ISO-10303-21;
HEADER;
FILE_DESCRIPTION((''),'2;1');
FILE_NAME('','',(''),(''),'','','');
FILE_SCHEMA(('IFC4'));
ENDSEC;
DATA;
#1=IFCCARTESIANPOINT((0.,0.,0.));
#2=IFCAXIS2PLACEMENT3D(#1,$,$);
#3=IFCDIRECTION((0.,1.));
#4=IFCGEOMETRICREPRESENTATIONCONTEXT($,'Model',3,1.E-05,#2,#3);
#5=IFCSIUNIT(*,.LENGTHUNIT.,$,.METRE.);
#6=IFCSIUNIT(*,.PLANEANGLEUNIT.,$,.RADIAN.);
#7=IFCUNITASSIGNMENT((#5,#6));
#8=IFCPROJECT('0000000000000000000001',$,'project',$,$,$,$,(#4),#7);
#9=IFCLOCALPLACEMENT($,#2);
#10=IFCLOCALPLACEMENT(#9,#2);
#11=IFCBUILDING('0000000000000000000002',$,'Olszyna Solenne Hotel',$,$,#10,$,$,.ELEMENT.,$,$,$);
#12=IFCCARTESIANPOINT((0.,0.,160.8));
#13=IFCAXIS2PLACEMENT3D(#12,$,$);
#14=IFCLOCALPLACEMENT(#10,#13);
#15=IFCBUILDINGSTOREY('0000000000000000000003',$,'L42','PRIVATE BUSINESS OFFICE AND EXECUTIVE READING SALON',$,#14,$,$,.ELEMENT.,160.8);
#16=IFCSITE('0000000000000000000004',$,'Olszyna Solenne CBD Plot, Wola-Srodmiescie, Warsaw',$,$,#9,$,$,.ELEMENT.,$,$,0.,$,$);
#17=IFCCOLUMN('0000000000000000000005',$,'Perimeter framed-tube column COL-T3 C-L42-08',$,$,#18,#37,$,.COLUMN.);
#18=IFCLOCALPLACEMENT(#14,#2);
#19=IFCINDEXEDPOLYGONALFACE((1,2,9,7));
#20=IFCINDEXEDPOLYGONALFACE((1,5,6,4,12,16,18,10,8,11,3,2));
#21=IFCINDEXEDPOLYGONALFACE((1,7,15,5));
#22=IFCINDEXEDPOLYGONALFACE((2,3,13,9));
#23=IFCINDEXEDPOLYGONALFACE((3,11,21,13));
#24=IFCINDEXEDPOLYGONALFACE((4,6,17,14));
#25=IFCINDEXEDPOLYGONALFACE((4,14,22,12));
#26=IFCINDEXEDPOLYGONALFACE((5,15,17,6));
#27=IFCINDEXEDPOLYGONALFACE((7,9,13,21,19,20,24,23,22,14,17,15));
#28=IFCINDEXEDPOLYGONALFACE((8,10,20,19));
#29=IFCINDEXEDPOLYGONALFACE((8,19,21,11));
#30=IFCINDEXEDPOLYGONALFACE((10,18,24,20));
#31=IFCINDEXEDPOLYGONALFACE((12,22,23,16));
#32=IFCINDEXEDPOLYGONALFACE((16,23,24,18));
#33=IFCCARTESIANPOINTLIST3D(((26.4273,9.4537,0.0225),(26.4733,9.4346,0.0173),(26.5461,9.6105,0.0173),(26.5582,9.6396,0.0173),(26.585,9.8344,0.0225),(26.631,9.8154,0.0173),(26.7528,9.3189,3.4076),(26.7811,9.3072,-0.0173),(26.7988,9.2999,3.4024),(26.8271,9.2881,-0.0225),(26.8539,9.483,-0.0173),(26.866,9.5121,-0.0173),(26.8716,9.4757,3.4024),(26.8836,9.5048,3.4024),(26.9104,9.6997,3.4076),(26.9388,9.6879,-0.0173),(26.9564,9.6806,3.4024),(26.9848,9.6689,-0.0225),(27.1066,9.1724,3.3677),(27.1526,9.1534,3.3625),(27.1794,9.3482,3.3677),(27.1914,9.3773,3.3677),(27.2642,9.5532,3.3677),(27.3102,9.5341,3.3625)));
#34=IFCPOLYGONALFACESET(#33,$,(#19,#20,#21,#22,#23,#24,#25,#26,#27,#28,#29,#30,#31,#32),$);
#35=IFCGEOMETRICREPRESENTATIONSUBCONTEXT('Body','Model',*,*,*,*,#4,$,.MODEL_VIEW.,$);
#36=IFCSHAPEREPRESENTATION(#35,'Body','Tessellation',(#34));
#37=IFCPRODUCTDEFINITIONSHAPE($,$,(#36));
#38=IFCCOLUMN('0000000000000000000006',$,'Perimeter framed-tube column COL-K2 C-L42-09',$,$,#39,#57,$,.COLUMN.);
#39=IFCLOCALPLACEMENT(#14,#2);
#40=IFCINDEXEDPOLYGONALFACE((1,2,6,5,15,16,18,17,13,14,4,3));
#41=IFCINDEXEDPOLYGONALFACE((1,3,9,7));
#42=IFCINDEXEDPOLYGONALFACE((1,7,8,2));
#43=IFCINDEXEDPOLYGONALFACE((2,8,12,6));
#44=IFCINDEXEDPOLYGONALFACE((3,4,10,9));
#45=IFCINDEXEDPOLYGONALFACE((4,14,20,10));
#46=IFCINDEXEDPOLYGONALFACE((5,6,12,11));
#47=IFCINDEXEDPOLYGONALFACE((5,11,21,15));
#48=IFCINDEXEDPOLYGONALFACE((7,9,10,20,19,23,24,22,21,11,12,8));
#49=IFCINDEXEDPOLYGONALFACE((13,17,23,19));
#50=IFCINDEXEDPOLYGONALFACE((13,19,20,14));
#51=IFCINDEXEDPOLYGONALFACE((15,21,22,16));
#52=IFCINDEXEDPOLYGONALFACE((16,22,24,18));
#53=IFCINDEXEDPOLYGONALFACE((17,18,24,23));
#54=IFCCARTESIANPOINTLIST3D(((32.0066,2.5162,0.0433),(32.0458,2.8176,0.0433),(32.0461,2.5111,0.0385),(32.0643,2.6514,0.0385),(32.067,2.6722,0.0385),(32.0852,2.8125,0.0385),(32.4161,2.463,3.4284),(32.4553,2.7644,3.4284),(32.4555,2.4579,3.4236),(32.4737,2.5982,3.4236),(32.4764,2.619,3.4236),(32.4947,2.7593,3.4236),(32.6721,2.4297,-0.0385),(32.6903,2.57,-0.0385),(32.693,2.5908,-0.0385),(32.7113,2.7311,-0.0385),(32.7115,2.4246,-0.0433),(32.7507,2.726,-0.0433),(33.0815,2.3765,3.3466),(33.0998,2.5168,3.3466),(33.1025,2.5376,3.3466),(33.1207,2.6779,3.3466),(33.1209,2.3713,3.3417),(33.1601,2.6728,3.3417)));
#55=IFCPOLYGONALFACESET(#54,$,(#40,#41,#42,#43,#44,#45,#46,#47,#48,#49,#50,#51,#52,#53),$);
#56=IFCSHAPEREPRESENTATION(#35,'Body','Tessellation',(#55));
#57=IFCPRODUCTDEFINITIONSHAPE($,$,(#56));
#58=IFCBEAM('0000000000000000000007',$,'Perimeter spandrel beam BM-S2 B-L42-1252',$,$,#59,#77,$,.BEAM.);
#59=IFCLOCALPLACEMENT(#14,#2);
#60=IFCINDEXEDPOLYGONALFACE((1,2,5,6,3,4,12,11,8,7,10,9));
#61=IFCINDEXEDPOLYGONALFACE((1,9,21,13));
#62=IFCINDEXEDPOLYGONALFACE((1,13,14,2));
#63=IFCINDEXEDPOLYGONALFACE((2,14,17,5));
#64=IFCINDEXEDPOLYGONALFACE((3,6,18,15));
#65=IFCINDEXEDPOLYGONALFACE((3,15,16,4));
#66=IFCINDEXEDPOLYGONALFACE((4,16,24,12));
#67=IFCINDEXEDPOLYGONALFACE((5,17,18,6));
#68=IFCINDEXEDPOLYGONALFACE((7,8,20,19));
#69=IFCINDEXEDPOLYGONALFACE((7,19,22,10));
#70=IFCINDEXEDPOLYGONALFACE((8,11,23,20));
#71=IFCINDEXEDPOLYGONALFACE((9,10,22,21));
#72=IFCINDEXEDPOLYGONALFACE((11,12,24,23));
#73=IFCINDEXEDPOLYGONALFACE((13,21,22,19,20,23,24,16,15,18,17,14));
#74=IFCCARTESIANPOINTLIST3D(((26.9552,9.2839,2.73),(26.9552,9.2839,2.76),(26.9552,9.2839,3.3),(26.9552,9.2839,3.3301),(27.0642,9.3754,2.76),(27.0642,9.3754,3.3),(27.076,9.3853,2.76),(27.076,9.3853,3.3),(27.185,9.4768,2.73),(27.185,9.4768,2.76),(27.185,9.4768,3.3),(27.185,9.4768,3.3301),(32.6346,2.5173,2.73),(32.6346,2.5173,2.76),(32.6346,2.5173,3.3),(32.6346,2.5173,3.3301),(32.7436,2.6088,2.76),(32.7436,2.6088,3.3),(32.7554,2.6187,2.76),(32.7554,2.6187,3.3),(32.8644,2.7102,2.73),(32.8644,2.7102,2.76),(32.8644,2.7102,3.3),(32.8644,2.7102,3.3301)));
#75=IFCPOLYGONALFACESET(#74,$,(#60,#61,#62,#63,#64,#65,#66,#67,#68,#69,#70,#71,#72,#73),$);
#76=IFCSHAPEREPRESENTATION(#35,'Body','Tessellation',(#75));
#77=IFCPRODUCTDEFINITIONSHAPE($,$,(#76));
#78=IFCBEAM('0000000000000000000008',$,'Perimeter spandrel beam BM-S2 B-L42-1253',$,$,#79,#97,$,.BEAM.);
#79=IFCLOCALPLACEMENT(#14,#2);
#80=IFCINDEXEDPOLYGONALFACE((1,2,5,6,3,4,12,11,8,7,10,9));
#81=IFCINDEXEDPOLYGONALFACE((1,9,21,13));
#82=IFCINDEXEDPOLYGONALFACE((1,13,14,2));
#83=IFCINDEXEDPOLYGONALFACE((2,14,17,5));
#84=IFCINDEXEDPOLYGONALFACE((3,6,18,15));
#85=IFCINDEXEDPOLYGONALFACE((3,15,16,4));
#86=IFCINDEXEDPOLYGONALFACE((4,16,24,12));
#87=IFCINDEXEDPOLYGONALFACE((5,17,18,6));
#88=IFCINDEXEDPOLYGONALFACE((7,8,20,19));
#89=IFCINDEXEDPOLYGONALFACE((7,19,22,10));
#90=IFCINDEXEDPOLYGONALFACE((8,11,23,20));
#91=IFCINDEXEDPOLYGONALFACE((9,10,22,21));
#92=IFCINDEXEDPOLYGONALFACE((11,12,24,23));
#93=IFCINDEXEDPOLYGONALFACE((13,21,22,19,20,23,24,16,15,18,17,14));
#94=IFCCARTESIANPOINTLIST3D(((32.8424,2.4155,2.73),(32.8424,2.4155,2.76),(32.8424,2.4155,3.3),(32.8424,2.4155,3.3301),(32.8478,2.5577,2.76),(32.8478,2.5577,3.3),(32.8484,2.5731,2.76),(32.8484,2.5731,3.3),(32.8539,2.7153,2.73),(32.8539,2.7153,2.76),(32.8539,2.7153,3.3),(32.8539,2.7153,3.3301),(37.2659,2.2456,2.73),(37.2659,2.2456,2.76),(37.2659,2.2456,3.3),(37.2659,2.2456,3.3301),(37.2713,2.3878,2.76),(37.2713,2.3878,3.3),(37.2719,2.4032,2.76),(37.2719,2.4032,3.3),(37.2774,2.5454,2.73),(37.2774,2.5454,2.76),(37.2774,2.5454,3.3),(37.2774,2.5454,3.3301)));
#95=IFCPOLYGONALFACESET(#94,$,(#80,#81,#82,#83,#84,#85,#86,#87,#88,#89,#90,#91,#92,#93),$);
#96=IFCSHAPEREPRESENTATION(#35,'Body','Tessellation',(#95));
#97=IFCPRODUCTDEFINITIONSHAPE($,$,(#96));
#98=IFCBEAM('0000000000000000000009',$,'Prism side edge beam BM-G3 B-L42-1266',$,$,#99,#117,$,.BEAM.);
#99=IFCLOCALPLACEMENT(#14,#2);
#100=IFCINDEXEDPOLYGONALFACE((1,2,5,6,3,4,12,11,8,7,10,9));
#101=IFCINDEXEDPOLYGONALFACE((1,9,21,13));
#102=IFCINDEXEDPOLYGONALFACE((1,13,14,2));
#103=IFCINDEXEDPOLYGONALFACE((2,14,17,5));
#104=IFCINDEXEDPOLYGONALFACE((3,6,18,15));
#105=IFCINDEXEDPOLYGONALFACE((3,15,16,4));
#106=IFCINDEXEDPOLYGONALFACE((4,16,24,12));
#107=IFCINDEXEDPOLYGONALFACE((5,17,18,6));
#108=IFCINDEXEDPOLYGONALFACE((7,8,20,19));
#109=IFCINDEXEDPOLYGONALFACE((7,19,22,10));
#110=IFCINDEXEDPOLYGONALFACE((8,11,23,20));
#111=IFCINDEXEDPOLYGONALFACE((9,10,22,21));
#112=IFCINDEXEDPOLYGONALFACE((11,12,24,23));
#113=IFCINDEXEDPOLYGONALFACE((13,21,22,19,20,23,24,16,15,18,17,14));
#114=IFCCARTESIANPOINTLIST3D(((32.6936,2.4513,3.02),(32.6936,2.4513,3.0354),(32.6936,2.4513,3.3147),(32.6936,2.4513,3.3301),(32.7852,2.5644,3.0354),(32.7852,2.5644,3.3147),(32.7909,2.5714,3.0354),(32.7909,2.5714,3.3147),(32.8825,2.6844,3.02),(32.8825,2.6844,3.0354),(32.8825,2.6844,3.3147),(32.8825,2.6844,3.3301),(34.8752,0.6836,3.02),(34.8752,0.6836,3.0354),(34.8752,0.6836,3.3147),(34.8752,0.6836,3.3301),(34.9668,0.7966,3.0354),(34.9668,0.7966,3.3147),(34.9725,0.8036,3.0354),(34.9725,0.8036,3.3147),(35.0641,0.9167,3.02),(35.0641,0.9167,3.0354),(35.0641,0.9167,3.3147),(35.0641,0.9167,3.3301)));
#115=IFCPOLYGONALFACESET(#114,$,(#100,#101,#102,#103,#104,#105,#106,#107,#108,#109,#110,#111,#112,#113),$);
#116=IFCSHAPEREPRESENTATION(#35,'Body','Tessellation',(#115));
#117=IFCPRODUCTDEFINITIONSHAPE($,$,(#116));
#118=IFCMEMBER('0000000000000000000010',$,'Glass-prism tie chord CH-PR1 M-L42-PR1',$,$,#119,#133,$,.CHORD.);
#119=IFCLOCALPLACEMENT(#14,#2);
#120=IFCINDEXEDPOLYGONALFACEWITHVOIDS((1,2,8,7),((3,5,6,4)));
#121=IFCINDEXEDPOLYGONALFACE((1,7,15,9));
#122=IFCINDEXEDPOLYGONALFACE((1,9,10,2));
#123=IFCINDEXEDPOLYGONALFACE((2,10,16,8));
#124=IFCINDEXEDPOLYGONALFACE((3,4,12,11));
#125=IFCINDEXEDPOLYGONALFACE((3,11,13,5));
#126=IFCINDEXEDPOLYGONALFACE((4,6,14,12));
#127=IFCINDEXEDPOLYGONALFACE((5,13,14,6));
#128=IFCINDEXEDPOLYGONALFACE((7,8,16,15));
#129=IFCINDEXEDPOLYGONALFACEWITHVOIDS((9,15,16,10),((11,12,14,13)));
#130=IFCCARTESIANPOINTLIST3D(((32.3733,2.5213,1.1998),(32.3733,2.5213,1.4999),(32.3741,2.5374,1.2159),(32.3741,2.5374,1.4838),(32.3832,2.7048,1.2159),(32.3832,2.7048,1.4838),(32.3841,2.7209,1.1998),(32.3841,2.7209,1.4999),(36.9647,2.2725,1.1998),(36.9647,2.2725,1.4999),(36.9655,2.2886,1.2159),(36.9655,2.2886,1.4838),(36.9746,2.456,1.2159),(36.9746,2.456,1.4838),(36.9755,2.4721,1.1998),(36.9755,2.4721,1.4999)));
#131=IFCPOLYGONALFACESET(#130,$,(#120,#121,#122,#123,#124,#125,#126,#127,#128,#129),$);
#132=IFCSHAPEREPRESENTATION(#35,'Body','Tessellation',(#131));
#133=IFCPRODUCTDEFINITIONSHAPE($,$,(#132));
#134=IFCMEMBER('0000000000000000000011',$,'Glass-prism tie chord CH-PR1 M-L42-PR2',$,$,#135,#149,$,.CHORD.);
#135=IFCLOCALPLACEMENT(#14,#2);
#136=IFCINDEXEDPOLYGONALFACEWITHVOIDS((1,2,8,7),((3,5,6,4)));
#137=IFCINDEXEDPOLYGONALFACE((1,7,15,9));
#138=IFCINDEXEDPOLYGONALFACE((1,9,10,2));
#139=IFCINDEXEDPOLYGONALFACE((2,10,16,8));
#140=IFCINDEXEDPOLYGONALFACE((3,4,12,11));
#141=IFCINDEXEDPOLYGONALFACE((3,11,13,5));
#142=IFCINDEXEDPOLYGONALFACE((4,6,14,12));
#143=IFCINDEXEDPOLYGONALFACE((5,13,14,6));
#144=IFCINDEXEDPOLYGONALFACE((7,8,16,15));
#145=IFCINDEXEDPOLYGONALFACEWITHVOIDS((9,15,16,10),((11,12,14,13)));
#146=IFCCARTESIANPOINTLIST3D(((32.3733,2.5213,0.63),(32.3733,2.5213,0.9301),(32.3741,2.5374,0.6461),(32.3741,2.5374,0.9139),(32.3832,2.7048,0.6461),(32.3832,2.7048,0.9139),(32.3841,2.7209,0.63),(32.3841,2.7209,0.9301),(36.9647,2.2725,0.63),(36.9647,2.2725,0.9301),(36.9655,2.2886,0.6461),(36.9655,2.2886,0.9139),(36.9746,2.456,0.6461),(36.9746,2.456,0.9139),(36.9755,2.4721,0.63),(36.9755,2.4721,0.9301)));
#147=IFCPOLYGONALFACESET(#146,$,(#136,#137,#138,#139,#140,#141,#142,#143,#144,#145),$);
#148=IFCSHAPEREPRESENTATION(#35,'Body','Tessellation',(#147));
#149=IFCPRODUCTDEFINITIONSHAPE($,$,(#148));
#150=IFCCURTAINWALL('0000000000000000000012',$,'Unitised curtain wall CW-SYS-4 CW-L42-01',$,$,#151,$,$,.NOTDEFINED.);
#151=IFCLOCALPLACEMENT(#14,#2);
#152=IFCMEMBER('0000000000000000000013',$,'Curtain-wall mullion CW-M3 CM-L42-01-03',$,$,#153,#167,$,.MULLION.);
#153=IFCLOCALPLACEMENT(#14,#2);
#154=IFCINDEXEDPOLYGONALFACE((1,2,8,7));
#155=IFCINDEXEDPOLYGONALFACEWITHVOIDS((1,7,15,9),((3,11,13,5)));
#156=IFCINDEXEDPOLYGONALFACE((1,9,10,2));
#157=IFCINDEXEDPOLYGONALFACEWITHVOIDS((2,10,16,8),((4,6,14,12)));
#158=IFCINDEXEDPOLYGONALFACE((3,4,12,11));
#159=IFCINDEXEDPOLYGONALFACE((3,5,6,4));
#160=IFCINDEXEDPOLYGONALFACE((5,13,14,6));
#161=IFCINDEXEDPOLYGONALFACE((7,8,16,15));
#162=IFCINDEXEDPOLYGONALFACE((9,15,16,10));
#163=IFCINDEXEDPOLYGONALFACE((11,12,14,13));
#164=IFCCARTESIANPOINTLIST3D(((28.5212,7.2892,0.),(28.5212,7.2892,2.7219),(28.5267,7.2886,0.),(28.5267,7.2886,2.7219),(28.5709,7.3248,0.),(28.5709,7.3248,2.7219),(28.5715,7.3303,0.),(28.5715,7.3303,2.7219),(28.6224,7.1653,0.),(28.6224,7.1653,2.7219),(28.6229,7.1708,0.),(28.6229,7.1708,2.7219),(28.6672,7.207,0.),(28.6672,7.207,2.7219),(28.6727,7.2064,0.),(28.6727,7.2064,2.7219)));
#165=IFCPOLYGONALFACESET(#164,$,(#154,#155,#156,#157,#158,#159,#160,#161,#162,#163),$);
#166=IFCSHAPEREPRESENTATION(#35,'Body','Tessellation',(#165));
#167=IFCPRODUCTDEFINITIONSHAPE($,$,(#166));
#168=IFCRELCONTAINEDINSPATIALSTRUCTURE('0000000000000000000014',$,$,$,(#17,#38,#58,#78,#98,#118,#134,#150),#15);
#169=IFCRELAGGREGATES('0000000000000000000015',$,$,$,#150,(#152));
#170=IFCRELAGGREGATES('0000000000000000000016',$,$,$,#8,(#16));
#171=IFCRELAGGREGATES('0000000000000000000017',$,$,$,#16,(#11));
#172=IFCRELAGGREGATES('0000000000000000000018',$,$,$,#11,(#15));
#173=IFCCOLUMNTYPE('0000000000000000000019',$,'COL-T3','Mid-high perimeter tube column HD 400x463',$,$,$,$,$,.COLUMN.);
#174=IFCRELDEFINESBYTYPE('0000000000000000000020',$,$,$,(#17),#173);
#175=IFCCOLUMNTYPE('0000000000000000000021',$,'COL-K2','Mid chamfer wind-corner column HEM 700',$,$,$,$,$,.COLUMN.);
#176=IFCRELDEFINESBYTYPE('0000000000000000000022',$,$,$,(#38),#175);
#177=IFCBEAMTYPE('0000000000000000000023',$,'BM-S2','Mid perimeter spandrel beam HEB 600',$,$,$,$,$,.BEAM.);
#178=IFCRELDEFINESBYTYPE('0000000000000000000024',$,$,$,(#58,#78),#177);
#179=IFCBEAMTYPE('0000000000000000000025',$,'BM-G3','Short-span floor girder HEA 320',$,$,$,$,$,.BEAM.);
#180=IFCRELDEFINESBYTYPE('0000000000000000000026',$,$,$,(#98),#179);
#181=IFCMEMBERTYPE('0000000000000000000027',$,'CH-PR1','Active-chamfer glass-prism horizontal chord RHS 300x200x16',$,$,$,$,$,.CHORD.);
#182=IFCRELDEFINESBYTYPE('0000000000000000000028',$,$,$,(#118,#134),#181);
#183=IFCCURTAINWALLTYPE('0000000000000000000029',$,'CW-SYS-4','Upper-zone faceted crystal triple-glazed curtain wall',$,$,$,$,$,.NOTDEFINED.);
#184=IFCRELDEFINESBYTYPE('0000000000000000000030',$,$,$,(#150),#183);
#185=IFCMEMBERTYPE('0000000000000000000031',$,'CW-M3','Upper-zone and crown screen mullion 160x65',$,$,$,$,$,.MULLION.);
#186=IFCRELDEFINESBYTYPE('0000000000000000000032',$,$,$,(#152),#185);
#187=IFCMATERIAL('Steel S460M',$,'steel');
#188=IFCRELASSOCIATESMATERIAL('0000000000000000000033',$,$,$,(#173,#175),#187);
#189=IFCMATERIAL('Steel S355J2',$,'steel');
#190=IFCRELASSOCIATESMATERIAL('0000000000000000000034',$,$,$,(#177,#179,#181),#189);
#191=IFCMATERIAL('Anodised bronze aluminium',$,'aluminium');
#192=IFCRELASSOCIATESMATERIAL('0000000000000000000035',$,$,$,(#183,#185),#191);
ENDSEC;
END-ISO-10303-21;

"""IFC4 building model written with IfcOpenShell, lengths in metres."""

from ifc_helpers import new_model, si_unit, direction, frame, origin, origin_2d, place, context, subcontext, project, spatial, hollow_rectangle, i_section, extrude, source, transform, mapped, material, material_profile, profile_set, type_object, element, aggregate, save


model = new_model("IFC4")

# Units and contexts
model_context = context("Model", 3, precision=1e-05, world=origin(), true_north=direction((0.0, 1.0)))
body_context = subcontext(model_context, "Body", "Model", "MODEL_VIEW")
ifc_project = project(units=[si_unit("LENGTHUNIT", "METRE"), si_unit("PLANEANGLEUNIT", "RADIAN")], contexts=[model_context])

# Site, building, storey
site_placement = place(None, origin())
site = spatial("IfcSite", under=ifc_project, at=site_placement, Name="Olszyna Solenne CBD Plot, Wola-Srodmiescie, Warsaw", CompositionType="ELEMENT", RefElevation=0.0)
building_placement = place(site_placement, origin())
building = spatial("IfcBuilding", under=site, at=building_placement, Name="Olszyna Solenne Hotel", CompositionType="ELEMENT")
storey_placement = place(building_placement, frame((0.0, 0.0, 160.8)))
storey = spatial("IfcBuildingStorey", under=building, at=storey_placement, Name="L42", Description="PRIVATE BUSINESS OFFICE AND EXECUTIVE READING SALON", CompositionType="ELEMENT", Elevation=160.8)

# Columns
ifc_material_1 = material(Name="Steel S460M", Category="steel")
ifc_material_profile_1 = material_profile(ifc_material_1, i_section(OverallWidth=0.4121, OverallDepth=0.4351, WebThickness=0.0315, FlangeThickness=0.05, at=origin_2d()), Name="HD 400x463", Category="load-bearing")
ifc_profile_set_1 = profile_set([ifc_material_profile_1], Name="Steel S460M")
column_type_1 = type_object("IfcColumnType", Name="COL-T3", Description="Mid-high perimeter tube column HD 400x463", PredefinedType="COLUMN", material=ifc_profile_set_1)
shared_shape_1 = source(origin(), body_context, "Body", "SweptSolid", [
    extrude(i_section(OverallWidth=0.4121, OverallDepth=0.4351, WebThickness=0.0315, FlangeThickness=0.05, at=origin_2d()), origin(), (0.0, 0.0, 1.0), 3.4033),
])
column_1_placement = place(storey_placement, frame((26.7061, 9.5613, 0.0), z_axis=(0.095625, -0.039599, 0.994629), x_axis=(0.382597, 0.923915, 0.0)))
element("IfcColumn", 1, at=column_1_placement, inside=storey, type_object=column_type_1, Name="Perimeter framed-tube column COL-T3 C-L42-08", PredefinedType="COLUMN", context=body_context, shape_type="MappedRepresentation", body=[
    mapped(shared_shape_1, transform((0.0, 0.0, 0.0), x_axis=(1.0, 0.0, 0.0), y_axis=(0.0, 1.0, 0.0), z_axis=(0.0, 0.0, 1.0), scale=1.0)),
])
ifc_material_profile_2 = material_profile(ifc_material_1, i_section(OverallWidth=0.304, OverallDepth=0.7161, WebThickness=0.021, FlangeThickness=0.04, at=origin_2d()), Name="HEM 700", Category="load-bearing")
ifc_profile_set_2 = profile_set([ifc_material_profile_2], Name="Steel S460M")
column_type_2 = type_object("IfcColumnType", Name="COL-K2", Description="Mid chamfer wind-corner column HEM 700", PredefinedType="COLUMN", material=ifc_profile_set_2)
shared_shape_2 = source(origin(), body_context, "Body", "SweptSolid", [
    extrude(i_section(OverallWidth=0.304, OverallDepth=0.7161, WebThickness=0.021, FlangeThickness=0.04, at=origin_2d()), origin(), (0.0, 0.0, 1.0), 3.4102),
])
column_2_placement = place(storey_placement, frame((32.3787, 2.6211, 0.0), z_axis=(0.120062, -0.015607, 0.992644), x_axis=(0.128909, 0.991656, 0.0)))
element("IfcColumn", 2, at=column_2_placement, inside=storey, type_object=column_type_2, Name="Perimeter framed-tube column COL-K2 C-L42-09", PredefinedType="COLUMN", context=body_context, shape_type="MappedRepresentation", body=[
    mapped(shared_shape_2, transform((0.0, 0.0, 0.0), x_axis=(1.0, 0.0, 0.0), y_axis=(0.0, 1.0, 0.0), z_axis=(0.0, 0.0, 1.0), scale=1.0)),
])

# Beams
ifc_material_2 = material(Name="Steel S355J2", Category="steel")
ifc_material_profile_3 = material_profile(ifc_material_2, i_section(OverallWidth=0.3, OverallDepth=0.6001, WebThickness=0.0154, FlangeThickness=0.03, at=origin_2d()), Name="HEB 600", Category="load-bearing")
ifc_profile_set_3 = profile_set([ifc_material_profile_3], Name="Steel S355J2")
beam_type_1 = type_object("IfcBeamType", Name="BM-S2", Description="Mid perimeter spandrel beam HEB 600", PredefinedType="BEAM", material=ifc_profile_set_3)
shared_shape_3 = source(origin(), body_context, "Body", "SweptSolid", [
    extrude(i_section(OverallWidth=0.3, OverallDepth=0.6001, WebThickness=0.0154, FlangeThickness=0.03, at=origin_2d()), origin(), (0.0, 0.0, 1.0), 8.8342),
])
beam_1_placement = place(storey_placement, frame((27.0701, 9.3804, 3.03), z_axis=(0.642893, -0.765956, 0.0), x_axis=(0.765956, 0.642893, 0.0)))
element("IfcBeam", 3, at=beam_1_placement, inside=storey, type_object=beam_type_1, Name="Perimeter spandrel beam BM-S2 B-L42-1252", PredefinedType="BEAM", context=body_context, shape_type="MappedRepresentation", body=[
    mapped(shared_shape_3, transform((0.0, 0.0, 0.0), x_axis=(1.0, 0.0, 0.0), y_axis=(0.0, 1.0, 0.0), z_axis=(0.0, 0.0, 1.0), scale=1.0)),
])
shared_shape_4 = source(origin(), body_context, "Body", "SweptSolid", [
    extrude(i_section(OverallWidth=0.3, OverallDepth=0.6001, WebThickness=0.0154, FlangeThickness=0.03, at=origin_2d()), origin(), (0.0, 0.0, 1.0), 4.4268),
])
beam_2_placement = place(storey_placement, frame((32.8481, 2.5654, 3.03), z_axis=(0.999263, -0.038384, 0.0), x_axis=(0.038384, 0.999263, 0.0)))
element("IfcBeam", 4, at=beam_2_placement, inside=storey, type_object=beam_type_1, Name="Perimeter spandrel beam BM-S2 B-L42-1253", PredefinedType="BEAM", context=body_context, shape_type="MappedRepresentation", body=[
    mapped(shared_shape_4, transform((0.0, 0.0, 0.0), x_axis=(1.0, 0.0, 0.0), y_axis=(0.0, 1.0, 0.0), z_axis=(0.0, 0.0, 1.0), scale=1.0)),
])
ifc_material_profile_4 = material_profile(ifc_material_2, i_section(OverallWidth=0.3, OverallDepth=0.3101, WebThickness=0.009, FlangeThickness=0.0154, at=origin_2d()), Name="HEA 320", Category="load-bearing")
ifc_profile_set_4 = profile_set([ifc_material_profile_4], Name="Steel S355J2")
beam_type_2 = type_object("IfcBeamType", Name="BM-G3", Description="Short-span floor girder HEA 320", PredefinedType="BEAM", material=ifc_profile_set_4)
shared_shape_5 = source(origin(), body_context, "Body", "SweptSolid", [
    extrude(i_section(OverallWidth=0.3, OverallDepth=0.3101, WebThickness=0.009, FlangeThickness=0.0154, at=origin_2d()), origin(), (0.0, 0.0, 1.0), 2.8079),
])
beam_3_placement = place(storey_placement, frame((32.7881, 2.5679, 3.175), z_axis=(0.776943, -0.629571, 0.0), x_axis=(0.629571, 0.776943, 0.0)))
element("IfcBeam", 5, at=beam_3_placement, inside=storey, type_object=beam_type_2, Name="Prism side edge beam BM-G3 B-L42-1266", PredefinedType="BEAM", context=body_context, shape_type="MappedRepresentation", body=[
    mapped(shared_shape_5, transform((0.0, 0.0, 0.0), x_axis=(1.0, 0.0, 0.0), y_axis=(0.0, 1.0, 0.0), z_axis=(0.0, 0.0, 1.0), scale=1.0)),
])

# Members
ifc_material_profile_5 = material_profile(ifc_material_2, hollow_rectangle(XDim=0.2, YDim=0.3, WallThickness=0.0161, at=origin_2d()), Name="RHS 300x200x16", Category="load-bearing")
ifc_profile_set_5 = profile_set([ifc_material_profile_5], Name="Steel S355J2")
member_type_1 = type_object("IfcMemberType", Name="CH-PR1", Description="Active-chamfer glass-prism horizontal chord RHS 300x200x16", PredefinedType="CHORD", material=ifc_profile_set_5)
shared_shape_6 = source(origin(), body_context, "Body", "SweptSolid", [
    extrude(hollow_rectangle(XDim=0.2, YDim=0.3, WallThickness=0.0161, at=origin_2d()), origin(), (0.0, 0.0, 1.0), 4.5981),
])
for number, where, z_axis, x_axis, name in (
    (6, (32.3787, 2.6211, 1.3499), (0.998535, -0.054105, 0.0), (0.054105, 0.998535, 0.0), "Glass-prism tie chord CH-PR1 M-L42-PR1"),
    (7, (32.3787, 2.6211, 0.78), (0.998535, -0.054105, 0.0), (0.054105, 0.998535, 0.0), "Glass-prism tie chord CH-PR1 M-L42-PR2"),
):
    element("IfcMember", number, at=place(storey_placement, frame(where, z_axis=z_axis, x_axis=x_axis)), inside=storey, type_object=member_type_1, Name=name, PredefinedType="CHORD", context=body_context, shape_type="MappedRepresentation", body=[
        mapped(shared_shape_6, transform((0.0, 0.0, 0.0), x_axis=(1.0, 0.0, 0.0), y_axis=(0.0, 1.0, 0.0), z_axis=(0.0, 0.0, 1.0), scale=1.0)),
    ])

# Curtain wall, member
ifc_material_3 = material(Name="Anodised bronze aluminium", Category="aluminium")
curtain_wall_type = type_object("IfcCurtainWallType", Name="CW-SYS-4", Description="Upper-zone faceted crystal triple-glazed curtain wall", PredefinedType="NOTDEFINED", material=ifc_material_3)
curtain_wall_placement = place(storey_placement, origin())
curtain_wall = element("IfcCurtainWall", 8, at=curtain_wall_placement, inside=storey, type_object=curtain_wall_type, Name="Unitised curtain wall CW-SYS-4 CW-L42-01", PredefinedType="NOTDEFINED")
ifc_material_profile_6 = material_profile(ifc_material_3, hollow_rectangle(XDim=0.0649, YDim=0.1599, WallThickness=0.0039, at=origin_2d()), Name="MULL 160x65x4", Category="load-bearing")
ifc_profile_set_6 = profile_set([ifc_material_profile_6], Name="Anodised bronze aluminium")
member_type_2 = type_object("IfcMemberType", Name="CW-M3", Description="Upper-zone and crown screen mullion 160x65", PredefinedType="MULLION", material=ifc_profile_set_6)
shared_shape_7 = source(origin(), body_context, "Body", "SweptSolid", [
    extrude(hollow_rectangle(XDim=0.0649, YDim=0.1599, WallThickness=0.0039, at=origin_2d()), origin(), (0.0, 0.0, 1.0), 2.7219),
])
member_1_placement = place(storey_placement, frame((28.5969, 7.2478, 0.0), z_axis=(0.0, 0.0, 1.0), x_axis=(0.774268, 0.632858, 0.0)))
member_1 = element("IfcMember", 9, at=member_1_placement, type_object=member_type_2, Name="Curtain-wall mullion CW-M3 CM-L42-01-03", PredefinedType="MULLION", context=body_context, shape_type="MappedRepresentation", body=[
    mapped(shared_shape_7, transform((0.0, 0.0, 0.0), x_axis=(1.0, 0.0, 0.0), y_axis=(0.0, 1.0, 0.0), z_axis=(0.0, 0.0, 1.0), scale=1.0)),
])

aggregate(curtain_wall, [member_1])

save(model, "model.ifc")
